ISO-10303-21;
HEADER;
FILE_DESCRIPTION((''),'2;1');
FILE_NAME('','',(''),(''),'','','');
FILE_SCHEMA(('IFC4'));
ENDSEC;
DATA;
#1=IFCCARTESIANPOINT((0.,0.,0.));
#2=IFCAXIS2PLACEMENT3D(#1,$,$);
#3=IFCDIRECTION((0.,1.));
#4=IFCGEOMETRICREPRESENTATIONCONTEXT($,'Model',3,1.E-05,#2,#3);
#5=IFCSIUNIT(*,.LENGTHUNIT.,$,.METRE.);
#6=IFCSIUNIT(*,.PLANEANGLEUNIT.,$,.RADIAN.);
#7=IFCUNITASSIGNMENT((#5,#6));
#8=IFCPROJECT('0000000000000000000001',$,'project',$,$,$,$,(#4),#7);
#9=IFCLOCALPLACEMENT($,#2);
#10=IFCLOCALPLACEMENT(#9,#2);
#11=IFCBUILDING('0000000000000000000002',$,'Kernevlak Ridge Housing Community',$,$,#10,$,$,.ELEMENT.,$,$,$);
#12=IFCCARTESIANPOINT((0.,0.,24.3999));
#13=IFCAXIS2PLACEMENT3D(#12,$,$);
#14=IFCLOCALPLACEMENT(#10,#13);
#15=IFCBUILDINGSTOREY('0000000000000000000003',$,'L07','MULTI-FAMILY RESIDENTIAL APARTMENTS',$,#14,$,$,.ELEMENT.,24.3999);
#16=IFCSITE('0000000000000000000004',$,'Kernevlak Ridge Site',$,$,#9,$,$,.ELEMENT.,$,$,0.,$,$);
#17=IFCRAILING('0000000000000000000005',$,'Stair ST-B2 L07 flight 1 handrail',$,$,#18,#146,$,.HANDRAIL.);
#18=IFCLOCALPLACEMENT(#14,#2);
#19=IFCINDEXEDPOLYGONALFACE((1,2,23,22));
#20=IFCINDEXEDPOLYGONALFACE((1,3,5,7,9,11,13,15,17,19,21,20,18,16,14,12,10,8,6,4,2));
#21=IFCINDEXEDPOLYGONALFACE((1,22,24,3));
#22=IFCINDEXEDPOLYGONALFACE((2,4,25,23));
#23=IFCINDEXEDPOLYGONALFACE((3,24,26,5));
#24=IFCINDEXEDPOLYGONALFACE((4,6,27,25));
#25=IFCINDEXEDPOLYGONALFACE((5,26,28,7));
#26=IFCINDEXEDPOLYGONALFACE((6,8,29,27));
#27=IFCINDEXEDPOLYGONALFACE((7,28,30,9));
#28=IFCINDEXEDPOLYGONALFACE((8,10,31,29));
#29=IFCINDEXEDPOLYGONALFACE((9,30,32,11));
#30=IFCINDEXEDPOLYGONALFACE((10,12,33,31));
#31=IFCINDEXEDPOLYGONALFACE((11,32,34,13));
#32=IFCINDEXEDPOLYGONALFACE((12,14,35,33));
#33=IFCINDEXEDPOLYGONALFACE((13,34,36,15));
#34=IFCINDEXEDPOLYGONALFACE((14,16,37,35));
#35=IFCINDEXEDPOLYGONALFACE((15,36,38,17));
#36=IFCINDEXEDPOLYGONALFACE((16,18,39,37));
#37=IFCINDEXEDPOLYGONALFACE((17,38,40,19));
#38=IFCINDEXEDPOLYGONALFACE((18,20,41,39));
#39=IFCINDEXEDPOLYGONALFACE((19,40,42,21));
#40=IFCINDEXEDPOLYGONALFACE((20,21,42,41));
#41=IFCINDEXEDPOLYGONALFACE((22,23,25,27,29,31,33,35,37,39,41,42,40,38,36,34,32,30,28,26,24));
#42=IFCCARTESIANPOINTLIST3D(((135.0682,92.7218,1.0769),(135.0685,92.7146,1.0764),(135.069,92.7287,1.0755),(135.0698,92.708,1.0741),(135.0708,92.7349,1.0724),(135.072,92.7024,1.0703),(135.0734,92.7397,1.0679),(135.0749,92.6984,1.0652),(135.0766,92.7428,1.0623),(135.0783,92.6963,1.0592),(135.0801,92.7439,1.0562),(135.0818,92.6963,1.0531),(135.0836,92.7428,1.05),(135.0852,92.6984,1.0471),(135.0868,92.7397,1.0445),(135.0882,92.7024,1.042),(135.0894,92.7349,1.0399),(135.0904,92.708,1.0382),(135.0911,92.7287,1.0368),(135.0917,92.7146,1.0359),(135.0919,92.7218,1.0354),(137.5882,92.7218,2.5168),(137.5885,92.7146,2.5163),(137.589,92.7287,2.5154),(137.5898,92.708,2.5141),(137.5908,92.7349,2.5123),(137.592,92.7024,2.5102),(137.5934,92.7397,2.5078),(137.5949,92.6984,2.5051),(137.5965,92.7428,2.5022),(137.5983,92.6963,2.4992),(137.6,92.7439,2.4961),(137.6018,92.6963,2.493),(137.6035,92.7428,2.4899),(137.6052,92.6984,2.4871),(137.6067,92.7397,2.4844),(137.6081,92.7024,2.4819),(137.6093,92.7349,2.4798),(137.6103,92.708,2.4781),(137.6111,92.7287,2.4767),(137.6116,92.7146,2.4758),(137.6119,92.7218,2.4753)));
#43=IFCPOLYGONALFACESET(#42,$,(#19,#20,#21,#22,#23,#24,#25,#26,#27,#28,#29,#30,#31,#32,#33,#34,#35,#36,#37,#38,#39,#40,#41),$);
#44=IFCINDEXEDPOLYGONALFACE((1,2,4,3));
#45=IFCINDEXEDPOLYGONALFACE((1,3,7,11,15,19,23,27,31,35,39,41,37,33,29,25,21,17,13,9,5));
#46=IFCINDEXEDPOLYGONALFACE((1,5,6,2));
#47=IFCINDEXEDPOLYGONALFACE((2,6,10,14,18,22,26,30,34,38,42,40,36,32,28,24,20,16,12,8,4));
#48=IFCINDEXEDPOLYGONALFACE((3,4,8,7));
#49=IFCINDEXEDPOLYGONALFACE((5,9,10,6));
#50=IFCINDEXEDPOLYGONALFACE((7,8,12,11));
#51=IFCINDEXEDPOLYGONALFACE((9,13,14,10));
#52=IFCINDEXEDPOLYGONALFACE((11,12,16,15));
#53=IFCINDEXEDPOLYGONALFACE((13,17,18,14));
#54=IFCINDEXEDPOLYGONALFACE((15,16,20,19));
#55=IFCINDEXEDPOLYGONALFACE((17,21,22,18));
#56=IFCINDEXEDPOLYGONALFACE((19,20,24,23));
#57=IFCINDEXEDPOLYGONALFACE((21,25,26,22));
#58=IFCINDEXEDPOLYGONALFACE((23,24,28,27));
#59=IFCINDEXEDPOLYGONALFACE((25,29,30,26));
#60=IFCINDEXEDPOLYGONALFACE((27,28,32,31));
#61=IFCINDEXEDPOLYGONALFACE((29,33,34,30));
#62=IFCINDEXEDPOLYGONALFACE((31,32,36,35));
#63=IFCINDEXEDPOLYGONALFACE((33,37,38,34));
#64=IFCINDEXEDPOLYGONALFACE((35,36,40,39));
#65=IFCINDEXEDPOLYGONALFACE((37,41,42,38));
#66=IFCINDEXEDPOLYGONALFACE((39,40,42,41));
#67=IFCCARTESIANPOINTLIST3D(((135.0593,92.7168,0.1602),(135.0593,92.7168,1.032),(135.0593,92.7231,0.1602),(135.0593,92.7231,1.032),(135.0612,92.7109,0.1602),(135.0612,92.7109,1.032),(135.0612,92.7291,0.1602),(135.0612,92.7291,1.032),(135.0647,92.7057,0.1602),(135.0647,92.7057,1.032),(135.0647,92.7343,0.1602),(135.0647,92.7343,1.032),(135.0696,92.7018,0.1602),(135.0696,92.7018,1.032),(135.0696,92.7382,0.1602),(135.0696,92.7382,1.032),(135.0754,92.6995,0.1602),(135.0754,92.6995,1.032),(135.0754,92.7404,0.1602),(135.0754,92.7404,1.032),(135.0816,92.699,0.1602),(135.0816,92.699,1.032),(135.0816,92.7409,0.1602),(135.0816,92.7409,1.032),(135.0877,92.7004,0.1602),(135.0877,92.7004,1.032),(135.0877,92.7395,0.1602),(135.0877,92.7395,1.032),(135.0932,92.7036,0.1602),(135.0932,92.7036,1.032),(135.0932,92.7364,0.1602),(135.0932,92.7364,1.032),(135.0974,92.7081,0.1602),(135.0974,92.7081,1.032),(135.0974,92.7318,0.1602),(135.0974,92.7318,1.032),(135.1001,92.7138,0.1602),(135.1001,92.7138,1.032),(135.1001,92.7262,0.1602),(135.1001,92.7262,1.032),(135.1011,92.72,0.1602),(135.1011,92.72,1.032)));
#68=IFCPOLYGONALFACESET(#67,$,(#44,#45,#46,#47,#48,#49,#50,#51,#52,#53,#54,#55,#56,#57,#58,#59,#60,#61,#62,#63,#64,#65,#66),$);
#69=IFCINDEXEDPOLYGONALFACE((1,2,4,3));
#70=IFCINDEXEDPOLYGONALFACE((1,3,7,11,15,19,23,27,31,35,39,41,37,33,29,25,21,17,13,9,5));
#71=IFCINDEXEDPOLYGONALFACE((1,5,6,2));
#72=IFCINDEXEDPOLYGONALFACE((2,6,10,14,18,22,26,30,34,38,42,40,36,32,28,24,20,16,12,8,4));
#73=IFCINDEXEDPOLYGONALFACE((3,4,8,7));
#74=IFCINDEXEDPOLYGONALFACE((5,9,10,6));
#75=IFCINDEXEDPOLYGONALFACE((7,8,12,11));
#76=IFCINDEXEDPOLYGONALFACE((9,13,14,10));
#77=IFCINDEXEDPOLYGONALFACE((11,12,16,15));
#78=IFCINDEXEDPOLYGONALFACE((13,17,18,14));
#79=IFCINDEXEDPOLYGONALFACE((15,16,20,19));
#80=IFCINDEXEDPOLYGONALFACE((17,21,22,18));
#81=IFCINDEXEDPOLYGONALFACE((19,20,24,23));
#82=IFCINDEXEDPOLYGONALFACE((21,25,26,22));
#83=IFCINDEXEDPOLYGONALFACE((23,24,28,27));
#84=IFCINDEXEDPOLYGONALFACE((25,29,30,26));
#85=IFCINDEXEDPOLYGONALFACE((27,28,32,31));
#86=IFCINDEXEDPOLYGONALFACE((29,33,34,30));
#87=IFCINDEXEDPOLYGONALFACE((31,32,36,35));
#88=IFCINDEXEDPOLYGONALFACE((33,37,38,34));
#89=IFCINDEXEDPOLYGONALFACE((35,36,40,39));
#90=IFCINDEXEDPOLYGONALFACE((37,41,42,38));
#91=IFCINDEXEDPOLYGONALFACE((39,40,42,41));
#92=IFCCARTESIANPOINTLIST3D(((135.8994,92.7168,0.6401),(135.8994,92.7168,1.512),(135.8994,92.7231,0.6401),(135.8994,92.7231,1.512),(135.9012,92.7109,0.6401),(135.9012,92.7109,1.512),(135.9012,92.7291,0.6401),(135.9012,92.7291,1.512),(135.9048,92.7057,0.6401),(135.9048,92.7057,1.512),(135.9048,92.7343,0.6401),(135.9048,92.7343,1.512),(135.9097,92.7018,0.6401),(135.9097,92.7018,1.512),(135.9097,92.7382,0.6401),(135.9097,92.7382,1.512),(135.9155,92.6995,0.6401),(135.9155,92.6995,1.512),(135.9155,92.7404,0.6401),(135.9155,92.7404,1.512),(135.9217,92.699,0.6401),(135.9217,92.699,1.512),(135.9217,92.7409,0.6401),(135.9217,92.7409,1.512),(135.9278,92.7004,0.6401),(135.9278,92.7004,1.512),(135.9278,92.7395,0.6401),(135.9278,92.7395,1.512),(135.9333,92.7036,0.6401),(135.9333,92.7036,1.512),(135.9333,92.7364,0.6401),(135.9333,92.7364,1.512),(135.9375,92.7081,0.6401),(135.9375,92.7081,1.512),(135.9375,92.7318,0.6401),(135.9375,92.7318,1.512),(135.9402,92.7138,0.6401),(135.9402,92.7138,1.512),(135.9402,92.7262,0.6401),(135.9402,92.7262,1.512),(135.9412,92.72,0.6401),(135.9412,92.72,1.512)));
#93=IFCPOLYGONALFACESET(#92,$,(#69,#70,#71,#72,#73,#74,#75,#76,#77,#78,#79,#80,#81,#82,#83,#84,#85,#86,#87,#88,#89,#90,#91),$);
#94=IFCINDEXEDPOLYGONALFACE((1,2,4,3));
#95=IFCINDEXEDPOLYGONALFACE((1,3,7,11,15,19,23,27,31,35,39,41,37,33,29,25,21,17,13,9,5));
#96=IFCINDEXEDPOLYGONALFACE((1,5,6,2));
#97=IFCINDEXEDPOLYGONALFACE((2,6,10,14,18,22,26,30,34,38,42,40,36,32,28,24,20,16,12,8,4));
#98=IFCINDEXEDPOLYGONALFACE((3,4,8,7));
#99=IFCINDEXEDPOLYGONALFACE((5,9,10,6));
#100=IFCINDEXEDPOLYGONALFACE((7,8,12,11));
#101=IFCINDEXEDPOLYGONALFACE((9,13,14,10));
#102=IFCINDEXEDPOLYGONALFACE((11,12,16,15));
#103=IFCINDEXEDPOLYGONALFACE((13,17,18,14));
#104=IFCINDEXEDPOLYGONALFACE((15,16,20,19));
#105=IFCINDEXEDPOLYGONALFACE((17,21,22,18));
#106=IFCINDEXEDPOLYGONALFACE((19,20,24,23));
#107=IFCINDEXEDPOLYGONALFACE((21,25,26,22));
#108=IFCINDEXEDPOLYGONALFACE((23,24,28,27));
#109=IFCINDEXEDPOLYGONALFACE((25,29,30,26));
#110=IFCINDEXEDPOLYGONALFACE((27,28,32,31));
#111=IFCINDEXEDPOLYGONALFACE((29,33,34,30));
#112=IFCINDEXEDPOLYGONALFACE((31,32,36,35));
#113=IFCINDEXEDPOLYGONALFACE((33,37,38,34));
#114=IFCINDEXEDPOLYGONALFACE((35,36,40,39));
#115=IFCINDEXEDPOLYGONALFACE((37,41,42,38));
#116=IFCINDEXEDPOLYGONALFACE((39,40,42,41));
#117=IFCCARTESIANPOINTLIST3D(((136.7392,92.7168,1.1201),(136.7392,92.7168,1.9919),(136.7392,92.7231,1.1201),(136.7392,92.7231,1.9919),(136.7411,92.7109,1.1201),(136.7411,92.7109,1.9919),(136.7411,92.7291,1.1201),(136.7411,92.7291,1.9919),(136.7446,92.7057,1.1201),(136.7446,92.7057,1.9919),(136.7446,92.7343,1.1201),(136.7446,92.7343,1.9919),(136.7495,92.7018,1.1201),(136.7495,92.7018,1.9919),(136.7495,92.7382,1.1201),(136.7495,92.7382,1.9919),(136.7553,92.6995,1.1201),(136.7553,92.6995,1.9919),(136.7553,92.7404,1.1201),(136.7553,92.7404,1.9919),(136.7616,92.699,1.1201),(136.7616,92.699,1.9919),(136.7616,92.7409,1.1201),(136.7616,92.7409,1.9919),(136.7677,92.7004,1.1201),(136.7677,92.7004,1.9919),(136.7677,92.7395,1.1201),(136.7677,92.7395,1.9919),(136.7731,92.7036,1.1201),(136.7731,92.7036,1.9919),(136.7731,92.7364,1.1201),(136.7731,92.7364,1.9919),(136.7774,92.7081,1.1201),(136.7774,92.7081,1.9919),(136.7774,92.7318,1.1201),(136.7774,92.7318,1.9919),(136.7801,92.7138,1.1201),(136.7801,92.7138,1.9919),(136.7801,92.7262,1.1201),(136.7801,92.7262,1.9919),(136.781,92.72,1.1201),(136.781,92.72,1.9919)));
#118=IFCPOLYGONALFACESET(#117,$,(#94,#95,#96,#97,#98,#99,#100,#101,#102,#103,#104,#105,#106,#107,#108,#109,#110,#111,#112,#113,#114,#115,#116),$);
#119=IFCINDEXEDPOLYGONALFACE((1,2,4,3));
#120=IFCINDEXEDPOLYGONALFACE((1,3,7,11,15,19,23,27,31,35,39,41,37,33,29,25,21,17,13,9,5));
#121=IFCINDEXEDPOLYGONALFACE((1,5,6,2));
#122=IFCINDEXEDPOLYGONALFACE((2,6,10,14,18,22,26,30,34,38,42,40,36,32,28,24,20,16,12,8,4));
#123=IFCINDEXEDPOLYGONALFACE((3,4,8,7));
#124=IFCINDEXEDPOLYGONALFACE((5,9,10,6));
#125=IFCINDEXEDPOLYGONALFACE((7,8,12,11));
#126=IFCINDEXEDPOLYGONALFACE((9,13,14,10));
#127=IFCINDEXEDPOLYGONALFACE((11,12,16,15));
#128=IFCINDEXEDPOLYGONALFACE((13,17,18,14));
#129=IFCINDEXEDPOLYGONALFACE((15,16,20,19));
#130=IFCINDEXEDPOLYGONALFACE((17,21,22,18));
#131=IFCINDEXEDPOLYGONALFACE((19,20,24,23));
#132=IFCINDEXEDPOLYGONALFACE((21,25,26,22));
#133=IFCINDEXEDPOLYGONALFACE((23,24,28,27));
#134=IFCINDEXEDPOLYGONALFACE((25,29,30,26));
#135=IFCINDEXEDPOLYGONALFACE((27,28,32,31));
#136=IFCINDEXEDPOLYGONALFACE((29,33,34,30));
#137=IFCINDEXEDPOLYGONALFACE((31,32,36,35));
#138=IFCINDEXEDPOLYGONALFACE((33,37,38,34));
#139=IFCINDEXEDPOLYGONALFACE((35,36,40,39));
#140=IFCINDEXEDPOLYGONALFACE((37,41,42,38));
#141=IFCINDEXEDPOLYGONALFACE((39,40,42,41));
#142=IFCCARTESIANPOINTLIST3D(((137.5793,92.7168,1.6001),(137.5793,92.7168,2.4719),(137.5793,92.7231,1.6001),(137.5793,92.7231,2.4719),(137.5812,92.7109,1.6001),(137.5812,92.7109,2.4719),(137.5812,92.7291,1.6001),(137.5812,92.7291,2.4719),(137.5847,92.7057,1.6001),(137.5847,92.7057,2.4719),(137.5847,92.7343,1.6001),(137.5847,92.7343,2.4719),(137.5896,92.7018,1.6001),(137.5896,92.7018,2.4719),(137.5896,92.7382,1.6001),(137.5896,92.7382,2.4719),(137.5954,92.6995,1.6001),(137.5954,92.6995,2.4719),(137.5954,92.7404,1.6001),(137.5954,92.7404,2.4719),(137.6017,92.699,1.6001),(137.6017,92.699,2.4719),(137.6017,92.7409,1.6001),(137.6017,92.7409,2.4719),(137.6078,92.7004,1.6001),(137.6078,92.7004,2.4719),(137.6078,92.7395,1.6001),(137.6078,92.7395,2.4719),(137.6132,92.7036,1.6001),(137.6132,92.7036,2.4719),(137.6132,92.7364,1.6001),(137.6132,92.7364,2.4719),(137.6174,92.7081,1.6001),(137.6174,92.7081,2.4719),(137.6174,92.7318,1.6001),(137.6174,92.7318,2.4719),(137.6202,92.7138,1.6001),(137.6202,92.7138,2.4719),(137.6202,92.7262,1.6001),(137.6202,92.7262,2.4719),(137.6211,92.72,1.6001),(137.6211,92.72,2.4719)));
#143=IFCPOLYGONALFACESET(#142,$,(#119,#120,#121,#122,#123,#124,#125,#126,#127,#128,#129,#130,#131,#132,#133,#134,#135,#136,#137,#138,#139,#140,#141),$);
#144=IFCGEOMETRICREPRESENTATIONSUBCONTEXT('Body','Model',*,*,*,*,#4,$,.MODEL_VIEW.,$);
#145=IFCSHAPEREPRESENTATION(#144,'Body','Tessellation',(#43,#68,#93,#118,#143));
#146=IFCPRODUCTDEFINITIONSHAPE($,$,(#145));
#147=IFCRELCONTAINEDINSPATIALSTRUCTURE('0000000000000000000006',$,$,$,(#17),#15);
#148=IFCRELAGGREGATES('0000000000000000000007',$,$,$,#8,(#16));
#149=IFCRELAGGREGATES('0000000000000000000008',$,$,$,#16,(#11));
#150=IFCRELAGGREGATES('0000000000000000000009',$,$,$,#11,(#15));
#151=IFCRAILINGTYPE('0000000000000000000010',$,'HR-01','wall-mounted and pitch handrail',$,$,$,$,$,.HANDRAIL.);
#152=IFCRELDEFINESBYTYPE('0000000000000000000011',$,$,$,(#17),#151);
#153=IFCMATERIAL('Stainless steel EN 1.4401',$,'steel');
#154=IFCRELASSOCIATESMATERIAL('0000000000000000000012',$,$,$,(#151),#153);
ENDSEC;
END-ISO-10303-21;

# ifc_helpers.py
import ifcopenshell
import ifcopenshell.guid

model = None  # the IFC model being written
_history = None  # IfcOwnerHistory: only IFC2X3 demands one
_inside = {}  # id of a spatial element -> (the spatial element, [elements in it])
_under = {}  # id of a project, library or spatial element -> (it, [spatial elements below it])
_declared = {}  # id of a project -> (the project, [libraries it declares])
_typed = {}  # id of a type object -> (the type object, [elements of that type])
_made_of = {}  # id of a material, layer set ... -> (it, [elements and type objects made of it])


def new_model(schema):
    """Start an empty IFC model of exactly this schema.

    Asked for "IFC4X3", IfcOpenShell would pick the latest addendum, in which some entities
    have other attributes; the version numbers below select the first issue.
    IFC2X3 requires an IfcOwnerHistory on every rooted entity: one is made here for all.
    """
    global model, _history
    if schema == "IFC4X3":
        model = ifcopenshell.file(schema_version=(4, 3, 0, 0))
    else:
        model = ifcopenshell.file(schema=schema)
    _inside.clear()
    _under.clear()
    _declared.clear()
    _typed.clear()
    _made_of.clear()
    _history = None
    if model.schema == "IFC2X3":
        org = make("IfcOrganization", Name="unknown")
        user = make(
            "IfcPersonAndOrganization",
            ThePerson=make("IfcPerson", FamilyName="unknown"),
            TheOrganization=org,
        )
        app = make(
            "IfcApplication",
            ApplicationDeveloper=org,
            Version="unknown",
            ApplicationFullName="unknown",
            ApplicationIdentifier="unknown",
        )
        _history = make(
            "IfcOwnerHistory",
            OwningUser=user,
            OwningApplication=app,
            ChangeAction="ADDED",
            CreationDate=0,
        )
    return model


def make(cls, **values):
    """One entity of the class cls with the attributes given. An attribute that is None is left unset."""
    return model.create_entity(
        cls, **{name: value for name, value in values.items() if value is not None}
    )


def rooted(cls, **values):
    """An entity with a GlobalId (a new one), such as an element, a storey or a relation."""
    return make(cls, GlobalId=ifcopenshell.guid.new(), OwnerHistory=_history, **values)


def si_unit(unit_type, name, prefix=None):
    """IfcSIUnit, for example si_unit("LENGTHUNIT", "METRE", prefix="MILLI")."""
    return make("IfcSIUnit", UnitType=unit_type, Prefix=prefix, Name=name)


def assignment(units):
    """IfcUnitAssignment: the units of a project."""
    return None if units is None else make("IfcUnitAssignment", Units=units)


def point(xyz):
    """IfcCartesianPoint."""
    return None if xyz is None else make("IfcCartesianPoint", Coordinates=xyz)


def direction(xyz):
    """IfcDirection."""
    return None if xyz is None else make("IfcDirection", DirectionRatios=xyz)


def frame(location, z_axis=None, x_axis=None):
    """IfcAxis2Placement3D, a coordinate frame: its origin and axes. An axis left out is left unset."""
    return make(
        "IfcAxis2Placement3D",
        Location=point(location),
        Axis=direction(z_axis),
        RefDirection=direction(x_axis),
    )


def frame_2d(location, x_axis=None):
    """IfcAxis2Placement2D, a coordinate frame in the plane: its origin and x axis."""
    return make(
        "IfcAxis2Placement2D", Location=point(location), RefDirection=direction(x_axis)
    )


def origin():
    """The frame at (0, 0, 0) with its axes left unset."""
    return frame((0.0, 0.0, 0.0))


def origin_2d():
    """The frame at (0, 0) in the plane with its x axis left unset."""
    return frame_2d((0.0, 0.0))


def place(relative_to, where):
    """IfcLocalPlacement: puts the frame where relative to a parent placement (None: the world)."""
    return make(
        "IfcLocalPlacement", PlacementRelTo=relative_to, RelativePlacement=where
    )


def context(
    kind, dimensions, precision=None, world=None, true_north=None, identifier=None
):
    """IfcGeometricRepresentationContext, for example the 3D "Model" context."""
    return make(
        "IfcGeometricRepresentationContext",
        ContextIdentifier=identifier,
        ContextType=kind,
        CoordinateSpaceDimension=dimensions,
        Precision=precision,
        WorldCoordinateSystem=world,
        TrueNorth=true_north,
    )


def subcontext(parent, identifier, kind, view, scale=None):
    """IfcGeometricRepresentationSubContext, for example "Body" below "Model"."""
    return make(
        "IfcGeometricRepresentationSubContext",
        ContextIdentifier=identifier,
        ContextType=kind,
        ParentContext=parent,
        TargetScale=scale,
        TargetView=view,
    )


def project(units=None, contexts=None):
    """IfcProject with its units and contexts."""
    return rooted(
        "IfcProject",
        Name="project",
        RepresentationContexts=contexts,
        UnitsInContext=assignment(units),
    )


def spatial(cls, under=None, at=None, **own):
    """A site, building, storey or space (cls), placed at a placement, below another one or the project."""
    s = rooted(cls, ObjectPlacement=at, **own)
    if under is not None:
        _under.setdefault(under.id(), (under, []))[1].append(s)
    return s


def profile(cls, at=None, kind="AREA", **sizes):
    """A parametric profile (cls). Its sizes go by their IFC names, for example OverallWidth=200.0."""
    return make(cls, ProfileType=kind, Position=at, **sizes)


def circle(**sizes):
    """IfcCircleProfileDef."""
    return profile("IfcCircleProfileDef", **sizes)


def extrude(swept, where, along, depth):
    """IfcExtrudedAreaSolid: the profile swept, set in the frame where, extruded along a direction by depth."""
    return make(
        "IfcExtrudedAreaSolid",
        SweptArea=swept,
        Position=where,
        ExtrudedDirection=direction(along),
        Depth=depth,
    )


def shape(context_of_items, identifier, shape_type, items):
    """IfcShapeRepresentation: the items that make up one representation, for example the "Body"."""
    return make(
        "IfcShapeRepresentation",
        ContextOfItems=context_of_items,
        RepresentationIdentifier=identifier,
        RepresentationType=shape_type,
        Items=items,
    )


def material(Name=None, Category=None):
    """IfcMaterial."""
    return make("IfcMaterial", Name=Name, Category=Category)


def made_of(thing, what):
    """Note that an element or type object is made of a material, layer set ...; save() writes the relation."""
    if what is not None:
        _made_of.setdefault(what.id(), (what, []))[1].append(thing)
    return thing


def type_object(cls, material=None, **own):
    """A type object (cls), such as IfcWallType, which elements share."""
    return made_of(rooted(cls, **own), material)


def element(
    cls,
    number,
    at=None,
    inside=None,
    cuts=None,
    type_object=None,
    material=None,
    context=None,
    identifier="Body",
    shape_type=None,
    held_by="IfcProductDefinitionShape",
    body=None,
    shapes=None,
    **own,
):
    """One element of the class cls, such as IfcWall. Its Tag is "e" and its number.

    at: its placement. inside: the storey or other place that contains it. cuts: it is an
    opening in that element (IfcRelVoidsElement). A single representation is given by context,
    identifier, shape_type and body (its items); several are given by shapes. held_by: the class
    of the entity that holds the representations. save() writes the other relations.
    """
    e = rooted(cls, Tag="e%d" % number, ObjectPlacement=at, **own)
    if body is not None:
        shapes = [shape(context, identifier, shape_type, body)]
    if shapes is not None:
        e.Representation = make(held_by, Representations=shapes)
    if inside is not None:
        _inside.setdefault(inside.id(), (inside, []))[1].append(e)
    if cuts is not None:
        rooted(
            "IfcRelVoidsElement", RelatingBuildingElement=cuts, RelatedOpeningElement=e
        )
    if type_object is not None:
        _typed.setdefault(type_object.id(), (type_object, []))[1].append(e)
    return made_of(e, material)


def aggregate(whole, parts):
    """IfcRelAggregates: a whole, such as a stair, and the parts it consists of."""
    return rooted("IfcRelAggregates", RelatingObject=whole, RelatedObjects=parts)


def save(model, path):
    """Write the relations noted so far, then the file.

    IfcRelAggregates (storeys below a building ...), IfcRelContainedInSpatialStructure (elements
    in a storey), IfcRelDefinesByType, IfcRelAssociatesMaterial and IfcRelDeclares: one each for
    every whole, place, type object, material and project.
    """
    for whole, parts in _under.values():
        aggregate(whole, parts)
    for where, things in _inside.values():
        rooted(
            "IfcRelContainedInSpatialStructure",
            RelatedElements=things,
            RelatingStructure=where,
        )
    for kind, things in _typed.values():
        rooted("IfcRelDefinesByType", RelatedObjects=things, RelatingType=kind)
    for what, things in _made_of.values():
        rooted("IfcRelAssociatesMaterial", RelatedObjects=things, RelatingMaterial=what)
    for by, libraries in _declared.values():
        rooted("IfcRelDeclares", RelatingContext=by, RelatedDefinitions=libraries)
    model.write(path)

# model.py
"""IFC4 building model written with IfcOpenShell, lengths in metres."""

from ifc_helpers import new_model, si_unit, direction, frame, origin, origin_2d, place, context, subcontext, project, spatial, circle, extrude, material, type_object, element, save


model = new_model("IFC4")

# Units and contexts
model_context = context("Model", 3, precision=1e-05, world=origin(), true_north=direction((0.0, 1.0)))
body_context = subcontext(model_context, "Body", "Model", "MODEL_VIEW")
ifc_project = project(units=[si_unit("LENGTHUNIT", "METRE"), si_unit("PLANEANGLEUNIT", "RADIAN")], contexts=[model_context])

# Site, building, storey
site_placement = place(None, origin())
site = spatial("IfcSite", under=ifc_project, at=site_placement, Name="Kernevlak Ridge Site", CompositionType="ELEMENT", RefElevation=0.0)
building_placement = place(site_placement, origin())
building = spatial("IfcBuilding", under=site, at=building_placement, Name="Kernevlak Ridge Housing Community", CompositionType="ELEMENT")
storey_placement = place(building_placement, frame((0.0, 0.0, 24.3999)))
storey = spatial("IfcBuildingStorey", under=building, at=storey_placement, Name="L07", Description="MULTI-FAMILY RESIDENTIAL APARTMENTS", CompositionType="ELEMENT", Elevation=24.3999)

# Railing
ifc_material_1 = material(Name="Stainless steel EN 1.4401", Category="steel")
railing_type_1 = type_object("IfcRailingType", Name="HR-01", Description="wall-mounted and pitch handrail", PredefinedType="HANDRAIL", material=ifc_material_1)
railing_1_placement = place(storey_placement, frame((135.0801, 92.72, 0.1602)))
element("IfcRailing", 1, at=railing_1_placement, inside=storey, type_object=railing_type_1, Name="Stair ST-B2 L07 flight 1 handrail", PredefinedType="HANDRAIL", context=body_context, shape_type="SweptSolid", body=[
    extrude(circle(Radius=0.0239, at=origin_2d()), frame((0.0, 0.0, 0.896), z_axis=(0.868253, 0.0, 0.496121), x_axis=(0.0, 1.0, 0.0)), (0.0, 0.0, 1.0), 2.9023),
    extrude(circle(Radius=0.021, at=origin_2d()), origin(), (0.0, 0.0, 1.0), 0.8718),
    extrude(circle(Radius=0.021, at=origin_2d()), frame((0.8401, 0.0, 0.48)), (0.0, 0.0, 1.0), 0.8718),
    extrude(circle(Radius=0.021, at=origin_2d()), frame((1.6799, 0.0, 0.96)), (0.0, 0.0, 1.0), 0.8718),
    extrude(circle(Radius=0.021, at=origin_2d()), frame((2.52, 0.0, 1.4399)), (0.0, 0.0, 1.0), 0.8718),
])

save(model, "model.ifc")
